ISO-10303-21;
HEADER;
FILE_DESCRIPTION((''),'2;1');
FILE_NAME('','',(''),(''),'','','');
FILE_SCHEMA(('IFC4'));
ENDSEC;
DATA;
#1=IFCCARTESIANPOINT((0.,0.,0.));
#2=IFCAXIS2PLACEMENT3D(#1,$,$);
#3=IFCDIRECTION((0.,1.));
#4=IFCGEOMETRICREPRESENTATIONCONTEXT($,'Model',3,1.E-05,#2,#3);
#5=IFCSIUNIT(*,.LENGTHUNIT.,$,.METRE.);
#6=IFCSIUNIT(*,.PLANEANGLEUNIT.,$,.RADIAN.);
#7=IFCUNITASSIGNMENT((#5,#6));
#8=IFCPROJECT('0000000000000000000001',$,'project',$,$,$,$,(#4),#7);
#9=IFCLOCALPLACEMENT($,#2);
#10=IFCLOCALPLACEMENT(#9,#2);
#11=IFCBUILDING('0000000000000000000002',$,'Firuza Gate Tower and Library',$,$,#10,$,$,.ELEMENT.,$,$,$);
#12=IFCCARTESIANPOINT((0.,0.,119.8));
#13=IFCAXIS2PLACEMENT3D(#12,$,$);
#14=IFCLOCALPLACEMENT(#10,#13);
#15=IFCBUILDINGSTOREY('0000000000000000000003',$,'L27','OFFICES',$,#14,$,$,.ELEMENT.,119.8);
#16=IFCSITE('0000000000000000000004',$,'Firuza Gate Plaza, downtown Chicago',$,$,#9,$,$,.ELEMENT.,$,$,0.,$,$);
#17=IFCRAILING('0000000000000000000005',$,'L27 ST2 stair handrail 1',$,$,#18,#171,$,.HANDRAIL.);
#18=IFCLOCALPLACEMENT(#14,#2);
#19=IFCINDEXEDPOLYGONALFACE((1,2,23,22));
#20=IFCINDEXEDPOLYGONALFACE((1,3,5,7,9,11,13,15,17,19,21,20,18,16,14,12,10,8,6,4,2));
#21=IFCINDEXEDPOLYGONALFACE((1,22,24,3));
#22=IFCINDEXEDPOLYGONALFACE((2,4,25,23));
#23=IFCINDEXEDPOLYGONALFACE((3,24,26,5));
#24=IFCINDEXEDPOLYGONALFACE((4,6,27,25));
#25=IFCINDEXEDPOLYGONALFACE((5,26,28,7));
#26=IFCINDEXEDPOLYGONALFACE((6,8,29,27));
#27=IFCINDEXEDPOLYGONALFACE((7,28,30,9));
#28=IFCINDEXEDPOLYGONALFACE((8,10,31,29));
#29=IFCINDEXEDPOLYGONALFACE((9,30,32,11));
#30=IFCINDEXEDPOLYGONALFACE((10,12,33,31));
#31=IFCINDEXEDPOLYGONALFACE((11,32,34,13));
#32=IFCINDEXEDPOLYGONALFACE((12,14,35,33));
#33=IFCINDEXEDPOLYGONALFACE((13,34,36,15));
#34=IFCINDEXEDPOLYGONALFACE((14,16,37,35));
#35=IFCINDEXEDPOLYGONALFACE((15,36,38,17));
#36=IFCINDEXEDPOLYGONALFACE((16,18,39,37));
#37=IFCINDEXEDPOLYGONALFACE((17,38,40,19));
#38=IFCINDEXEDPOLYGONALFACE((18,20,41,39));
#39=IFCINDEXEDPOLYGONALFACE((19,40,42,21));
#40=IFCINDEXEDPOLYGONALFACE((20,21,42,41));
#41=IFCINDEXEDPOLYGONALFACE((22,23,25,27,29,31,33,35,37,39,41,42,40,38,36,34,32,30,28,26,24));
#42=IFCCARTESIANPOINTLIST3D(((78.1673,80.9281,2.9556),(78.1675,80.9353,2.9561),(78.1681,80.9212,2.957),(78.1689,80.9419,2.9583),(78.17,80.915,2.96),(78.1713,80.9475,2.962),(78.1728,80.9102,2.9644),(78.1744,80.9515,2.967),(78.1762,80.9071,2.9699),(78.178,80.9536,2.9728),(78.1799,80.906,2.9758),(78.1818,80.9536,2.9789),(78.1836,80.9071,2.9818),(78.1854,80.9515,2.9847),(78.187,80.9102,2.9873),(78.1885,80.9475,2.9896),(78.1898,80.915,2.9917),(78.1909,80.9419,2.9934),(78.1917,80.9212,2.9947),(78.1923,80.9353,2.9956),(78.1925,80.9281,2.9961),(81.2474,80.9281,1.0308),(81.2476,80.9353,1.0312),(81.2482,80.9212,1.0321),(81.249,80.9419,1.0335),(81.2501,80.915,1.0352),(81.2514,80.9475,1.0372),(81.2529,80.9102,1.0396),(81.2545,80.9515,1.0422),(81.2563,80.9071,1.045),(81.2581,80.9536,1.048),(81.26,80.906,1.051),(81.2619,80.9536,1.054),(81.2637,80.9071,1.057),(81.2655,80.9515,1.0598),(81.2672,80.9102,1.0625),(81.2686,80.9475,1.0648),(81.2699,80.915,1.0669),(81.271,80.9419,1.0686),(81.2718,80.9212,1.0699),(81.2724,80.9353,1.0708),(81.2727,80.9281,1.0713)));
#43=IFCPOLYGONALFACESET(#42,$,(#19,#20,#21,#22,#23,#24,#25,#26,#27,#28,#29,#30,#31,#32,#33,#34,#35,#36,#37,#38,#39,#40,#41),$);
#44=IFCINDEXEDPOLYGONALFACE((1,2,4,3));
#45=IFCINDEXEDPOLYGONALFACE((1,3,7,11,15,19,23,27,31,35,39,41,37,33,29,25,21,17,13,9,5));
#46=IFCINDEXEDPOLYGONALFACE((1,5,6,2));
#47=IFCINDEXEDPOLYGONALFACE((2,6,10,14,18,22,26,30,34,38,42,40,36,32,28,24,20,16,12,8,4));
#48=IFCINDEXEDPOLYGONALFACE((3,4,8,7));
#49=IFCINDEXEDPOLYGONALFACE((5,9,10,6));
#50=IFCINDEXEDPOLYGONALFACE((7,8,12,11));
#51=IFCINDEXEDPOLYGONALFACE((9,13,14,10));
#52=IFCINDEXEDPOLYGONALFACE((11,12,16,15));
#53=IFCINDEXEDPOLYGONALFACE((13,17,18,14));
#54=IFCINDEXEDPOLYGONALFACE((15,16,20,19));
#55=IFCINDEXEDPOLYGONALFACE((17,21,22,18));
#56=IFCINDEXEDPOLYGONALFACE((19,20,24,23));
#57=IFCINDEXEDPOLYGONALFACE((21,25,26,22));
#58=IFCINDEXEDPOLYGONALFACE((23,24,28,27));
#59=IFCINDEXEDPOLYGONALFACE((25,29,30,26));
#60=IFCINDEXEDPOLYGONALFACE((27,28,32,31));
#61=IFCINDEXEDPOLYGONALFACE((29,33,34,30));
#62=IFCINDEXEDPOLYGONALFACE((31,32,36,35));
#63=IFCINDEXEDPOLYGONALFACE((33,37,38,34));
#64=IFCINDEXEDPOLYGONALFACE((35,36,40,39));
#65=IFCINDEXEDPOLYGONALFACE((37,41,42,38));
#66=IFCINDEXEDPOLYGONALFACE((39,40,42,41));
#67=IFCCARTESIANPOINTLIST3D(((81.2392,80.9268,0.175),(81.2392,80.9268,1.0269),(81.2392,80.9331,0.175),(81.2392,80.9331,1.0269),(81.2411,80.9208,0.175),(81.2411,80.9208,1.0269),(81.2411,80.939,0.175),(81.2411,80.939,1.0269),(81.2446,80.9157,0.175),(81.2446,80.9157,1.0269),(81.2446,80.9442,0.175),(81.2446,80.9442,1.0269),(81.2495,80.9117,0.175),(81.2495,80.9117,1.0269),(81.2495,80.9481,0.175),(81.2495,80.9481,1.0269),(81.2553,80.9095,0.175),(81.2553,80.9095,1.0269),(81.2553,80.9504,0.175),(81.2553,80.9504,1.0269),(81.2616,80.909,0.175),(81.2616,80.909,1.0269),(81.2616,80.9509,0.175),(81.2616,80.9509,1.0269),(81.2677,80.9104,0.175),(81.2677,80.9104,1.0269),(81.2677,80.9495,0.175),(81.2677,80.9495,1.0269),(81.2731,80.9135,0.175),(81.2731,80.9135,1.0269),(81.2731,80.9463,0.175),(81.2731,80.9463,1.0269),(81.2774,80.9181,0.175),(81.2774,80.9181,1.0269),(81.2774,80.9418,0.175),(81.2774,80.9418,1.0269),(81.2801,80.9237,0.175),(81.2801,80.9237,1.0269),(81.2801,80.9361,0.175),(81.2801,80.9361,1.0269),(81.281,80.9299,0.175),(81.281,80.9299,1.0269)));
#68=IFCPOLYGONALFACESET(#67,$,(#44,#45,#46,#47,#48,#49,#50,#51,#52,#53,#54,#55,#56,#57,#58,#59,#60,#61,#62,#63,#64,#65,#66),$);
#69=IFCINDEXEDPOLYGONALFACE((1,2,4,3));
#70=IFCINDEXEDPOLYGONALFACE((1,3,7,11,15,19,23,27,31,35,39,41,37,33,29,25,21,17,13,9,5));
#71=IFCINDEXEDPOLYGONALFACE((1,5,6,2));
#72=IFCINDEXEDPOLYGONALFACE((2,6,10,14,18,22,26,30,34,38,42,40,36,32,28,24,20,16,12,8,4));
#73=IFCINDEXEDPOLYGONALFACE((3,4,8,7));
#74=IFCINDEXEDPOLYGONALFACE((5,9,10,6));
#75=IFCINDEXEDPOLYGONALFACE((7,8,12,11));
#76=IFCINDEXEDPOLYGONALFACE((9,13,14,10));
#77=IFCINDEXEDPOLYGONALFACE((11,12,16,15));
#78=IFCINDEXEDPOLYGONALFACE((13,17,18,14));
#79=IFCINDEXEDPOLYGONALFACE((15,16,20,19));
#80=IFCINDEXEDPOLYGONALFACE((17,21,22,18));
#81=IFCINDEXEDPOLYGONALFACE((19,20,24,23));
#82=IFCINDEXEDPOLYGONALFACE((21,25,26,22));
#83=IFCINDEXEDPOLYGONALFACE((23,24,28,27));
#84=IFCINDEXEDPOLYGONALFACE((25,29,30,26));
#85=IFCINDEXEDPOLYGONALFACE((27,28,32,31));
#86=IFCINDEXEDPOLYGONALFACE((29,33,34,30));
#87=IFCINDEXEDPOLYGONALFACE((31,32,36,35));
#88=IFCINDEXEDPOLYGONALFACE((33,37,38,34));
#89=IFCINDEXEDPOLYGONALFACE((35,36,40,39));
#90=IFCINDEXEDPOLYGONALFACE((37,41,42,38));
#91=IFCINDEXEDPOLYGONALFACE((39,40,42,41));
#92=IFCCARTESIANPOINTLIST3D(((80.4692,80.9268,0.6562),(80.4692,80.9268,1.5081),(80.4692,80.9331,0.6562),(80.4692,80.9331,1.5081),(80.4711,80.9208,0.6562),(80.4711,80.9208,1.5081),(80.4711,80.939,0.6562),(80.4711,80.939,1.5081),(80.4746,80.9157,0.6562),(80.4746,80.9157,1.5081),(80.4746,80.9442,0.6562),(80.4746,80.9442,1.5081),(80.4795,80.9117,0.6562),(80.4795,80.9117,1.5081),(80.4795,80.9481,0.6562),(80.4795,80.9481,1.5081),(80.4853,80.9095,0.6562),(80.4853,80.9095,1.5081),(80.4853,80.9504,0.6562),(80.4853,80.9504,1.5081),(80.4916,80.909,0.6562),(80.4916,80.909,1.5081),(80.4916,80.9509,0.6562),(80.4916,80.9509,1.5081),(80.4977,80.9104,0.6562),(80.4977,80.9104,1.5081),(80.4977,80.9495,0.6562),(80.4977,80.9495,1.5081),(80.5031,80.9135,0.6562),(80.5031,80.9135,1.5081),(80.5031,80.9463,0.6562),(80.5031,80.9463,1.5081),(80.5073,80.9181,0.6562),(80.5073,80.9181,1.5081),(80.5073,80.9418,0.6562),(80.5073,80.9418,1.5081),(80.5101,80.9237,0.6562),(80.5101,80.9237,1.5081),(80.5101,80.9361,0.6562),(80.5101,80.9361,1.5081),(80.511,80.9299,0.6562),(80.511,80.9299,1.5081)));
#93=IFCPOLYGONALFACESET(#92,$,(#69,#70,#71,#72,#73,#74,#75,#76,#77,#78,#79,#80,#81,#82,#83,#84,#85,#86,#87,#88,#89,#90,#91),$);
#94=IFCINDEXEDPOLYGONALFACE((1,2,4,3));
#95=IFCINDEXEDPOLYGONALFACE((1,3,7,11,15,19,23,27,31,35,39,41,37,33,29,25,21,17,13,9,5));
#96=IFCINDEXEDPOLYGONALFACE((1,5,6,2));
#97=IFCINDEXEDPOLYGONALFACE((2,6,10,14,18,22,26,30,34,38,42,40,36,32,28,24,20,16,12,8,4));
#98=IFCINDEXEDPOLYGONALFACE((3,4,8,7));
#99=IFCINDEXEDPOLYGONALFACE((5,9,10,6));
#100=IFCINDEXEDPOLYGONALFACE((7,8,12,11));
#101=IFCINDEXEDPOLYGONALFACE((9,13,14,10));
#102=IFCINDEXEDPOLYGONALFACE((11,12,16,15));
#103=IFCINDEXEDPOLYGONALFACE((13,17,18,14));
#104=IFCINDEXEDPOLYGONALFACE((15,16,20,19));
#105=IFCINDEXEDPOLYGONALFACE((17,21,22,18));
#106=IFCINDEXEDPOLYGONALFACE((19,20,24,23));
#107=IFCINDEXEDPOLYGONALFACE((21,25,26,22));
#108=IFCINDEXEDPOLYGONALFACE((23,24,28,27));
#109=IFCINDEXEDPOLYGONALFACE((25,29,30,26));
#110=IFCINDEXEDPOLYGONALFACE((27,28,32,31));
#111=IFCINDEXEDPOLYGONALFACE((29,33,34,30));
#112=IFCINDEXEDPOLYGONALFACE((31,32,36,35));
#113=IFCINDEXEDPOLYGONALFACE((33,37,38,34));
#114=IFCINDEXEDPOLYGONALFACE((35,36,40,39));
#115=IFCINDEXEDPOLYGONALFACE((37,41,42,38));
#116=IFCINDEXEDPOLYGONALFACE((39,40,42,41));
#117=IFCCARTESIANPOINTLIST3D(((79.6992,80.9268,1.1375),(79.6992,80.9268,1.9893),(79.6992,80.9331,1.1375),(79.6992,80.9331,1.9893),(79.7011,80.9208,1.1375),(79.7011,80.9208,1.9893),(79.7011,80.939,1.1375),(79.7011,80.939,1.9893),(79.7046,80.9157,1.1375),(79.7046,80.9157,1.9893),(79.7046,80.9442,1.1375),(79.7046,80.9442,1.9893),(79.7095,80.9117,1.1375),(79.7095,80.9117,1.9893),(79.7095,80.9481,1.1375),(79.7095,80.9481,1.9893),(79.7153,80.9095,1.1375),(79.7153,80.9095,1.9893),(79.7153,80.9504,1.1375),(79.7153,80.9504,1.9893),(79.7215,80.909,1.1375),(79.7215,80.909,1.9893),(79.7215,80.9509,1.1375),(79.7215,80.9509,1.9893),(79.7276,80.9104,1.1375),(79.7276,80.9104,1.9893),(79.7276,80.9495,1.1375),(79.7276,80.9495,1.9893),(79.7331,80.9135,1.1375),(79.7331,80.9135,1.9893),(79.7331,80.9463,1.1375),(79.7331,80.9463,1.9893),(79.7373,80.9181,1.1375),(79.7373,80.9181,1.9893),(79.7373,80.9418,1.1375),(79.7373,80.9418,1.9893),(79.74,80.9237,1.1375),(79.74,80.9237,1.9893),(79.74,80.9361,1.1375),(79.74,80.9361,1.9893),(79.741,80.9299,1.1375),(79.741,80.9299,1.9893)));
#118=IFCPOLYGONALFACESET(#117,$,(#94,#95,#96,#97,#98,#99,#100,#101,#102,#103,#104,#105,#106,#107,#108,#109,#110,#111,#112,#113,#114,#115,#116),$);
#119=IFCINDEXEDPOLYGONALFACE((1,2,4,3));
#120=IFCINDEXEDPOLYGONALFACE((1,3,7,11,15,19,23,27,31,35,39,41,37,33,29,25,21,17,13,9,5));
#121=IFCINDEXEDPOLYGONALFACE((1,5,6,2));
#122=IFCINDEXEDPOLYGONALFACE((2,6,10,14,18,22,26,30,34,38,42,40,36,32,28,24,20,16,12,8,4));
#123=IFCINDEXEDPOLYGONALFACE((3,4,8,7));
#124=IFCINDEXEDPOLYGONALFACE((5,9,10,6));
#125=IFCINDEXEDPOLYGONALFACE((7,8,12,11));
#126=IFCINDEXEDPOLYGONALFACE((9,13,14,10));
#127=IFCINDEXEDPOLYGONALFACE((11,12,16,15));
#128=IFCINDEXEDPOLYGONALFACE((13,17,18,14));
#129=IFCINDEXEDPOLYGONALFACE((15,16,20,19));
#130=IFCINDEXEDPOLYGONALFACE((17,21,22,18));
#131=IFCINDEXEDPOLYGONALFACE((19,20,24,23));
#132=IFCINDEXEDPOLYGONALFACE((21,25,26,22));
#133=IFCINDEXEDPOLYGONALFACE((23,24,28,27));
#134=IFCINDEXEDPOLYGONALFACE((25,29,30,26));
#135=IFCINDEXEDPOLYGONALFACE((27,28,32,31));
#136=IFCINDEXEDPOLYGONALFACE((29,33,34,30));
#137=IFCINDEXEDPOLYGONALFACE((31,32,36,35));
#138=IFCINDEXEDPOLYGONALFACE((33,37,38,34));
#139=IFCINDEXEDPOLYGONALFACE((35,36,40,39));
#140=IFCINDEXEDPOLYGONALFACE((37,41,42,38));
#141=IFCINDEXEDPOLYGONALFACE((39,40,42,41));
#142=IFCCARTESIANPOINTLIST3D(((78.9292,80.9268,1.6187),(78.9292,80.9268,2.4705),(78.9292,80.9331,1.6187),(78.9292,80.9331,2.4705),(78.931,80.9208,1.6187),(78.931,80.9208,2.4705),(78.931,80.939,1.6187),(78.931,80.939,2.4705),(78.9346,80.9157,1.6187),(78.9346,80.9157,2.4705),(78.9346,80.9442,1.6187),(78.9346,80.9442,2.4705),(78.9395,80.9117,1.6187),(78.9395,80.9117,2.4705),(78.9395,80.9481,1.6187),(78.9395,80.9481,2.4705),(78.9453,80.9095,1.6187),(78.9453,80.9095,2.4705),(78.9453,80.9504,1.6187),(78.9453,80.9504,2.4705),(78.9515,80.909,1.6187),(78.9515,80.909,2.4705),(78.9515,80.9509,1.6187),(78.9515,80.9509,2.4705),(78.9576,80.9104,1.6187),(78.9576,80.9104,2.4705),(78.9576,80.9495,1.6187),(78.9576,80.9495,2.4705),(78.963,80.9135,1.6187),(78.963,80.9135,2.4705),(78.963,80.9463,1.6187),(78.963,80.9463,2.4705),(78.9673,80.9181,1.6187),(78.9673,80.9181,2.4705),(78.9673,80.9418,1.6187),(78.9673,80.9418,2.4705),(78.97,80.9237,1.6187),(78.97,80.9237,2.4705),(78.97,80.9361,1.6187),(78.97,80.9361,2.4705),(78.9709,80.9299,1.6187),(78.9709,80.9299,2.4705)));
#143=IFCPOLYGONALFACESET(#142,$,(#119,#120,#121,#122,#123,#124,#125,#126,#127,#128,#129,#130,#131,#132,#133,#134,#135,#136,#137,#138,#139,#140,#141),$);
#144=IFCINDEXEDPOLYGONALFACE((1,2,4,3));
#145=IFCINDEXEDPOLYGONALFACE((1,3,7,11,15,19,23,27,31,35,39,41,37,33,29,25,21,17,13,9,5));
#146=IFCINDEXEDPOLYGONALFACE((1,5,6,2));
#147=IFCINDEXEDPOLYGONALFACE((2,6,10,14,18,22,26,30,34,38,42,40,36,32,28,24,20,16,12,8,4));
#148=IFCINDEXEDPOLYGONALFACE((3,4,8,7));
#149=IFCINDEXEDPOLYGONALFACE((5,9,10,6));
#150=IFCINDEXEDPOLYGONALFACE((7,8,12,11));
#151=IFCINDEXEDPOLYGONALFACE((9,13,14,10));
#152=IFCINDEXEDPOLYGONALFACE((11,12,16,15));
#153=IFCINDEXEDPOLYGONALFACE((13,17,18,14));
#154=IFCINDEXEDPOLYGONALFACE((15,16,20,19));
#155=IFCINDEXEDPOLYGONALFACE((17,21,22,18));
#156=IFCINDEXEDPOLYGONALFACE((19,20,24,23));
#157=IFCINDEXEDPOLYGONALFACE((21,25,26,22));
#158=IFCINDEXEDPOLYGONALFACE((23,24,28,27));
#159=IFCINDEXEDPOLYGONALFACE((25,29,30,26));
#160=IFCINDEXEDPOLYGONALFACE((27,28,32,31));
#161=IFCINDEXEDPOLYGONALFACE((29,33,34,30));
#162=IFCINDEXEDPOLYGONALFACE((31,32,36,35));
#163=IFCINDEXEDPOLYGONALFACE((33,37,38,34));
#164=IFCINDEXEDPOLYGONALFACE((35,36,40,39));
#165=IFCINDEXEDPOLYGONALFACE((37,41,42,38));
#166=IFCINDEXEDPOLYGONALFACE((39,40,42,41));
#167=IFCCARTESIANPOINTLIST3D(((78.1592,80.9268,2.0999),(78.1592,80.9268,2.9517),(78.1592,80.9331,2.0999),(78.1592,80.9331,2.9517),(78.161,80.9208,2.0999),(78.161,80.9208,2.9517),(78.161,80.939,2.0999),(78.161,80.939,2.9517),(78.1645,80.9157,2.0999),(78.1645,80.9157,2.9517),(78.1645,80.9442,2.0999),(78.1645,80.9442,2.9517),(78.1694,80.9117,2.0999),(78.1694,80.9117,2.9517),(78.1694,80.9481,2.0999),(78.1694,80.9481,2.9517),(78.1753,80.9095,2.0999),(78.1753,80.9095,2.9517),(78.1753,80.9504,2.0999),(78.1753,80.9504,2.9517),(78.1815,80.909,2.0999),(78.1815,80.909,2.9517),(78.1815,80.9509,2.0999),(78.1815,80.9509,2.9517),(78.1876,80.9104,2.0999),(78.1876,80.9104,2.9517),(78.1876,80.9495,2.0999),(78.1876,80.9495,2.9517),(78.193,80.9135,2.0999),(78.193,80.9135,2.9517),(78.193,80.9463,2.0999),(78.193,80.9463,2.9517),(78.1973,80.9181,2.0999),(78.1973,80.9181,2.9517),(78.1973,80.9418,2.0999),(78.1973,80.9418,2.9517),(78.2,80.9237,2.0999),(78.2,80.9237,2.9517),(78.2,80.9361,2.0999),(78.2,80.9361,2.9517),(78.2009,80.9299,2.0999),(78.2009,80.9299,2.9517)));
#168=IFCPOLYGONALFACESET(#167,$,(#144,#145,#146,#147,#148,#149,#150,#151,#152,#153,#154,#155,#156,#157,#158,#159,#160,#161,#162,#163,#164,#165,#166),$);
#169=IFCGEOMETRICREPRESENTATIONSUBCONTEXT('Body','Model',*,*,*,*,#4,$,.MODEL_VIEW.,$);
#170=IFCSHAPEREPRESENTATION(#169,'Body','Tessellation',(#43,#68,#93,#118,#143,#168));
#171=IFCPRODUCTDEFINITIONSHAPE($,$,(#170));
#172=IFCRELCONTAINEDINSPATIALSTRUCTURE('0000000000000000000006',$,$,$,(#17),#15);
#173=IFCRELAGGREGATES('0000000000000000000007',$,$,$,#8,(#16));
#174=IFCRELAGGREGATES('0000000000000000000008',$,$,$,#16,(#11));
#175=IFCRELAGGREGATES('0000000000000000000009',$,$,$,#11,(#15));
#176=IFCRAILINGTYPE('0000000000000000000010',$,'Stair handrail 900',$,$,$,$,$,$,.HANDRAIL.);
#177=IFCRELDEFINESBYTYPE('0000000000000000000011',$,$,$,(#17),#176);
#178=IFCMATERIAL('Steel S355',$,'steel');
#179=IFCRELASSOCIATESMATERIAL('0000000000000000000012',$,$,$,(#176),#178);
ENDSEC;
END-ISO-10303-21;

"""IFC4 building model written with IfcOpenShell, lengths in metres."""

from ifc_helpers import new_model, si_unit, direction, frame, origin, origin_2d, place, context, subcontext, project, spatial, circle, extrude, material, type_object, element, save


model = new_model("IFC4")

# Units and contexts
model_context = context("Model", 3, precision=1e-05, world=origin(), true_north=direction((0.0, 1.0)))
body_context = subcontext(model_context, "Body", "Model", "MODEL_VIEW")
ifc_project = project(units=[si_unit("LENGTHUNIT", "METRE"), si_unit("PLANEANGLEUNIT", "RADIAN")], contexts=[model_context])

# Site, building, storey
site_placement = place(None, origin())
site = spatial("IfcSite", under=ifc_project, at=site_placement, Name="Firuza Gate Plaza, downtown Chicago", CompositionType="ELEMENT", RefElevation=0.0)
building_placement = place(site_placement, origin())
building = spatial("IfcBuilding", under=site, at=building_placement, Name="Firuza Gate Tower and Library", CompositionType="ELEMENT")
storey_placement = place(building_placement, frame((0.0, 0.0, 119.8)))
storey = spatial("IfcBuildingStorey", under=building, at=storey_placement, Name="L27", Description="OFFICES", CompositionType="ELEMENT", Elevation=119.8)

# Railing
ifc_material_1 = material(Name="Steel S355", Category="steel")
railing_type_1 = type_object("IfcRailingType", Name="Stair handrail 900", PredefinedType="HANDRAIL", material=ifc_material_1)
railing_1_placement = place(storey_placement, frame((81.26, 80.9299, 0.175)))
element("IfcRailing", 1, at=railing_1_placement, inside=storey, type_object=railing_type_1, Name="L27 ST2 stair handrail 1", PredefinedType="HANDRAIL", context=body_context, shape_type="SweptSolid", body=[
    extrude(circle(Radius=0.0239, at=origin_2d()), frame((0.0, 0.0, 0.876), z_axis=(-0.848029, 0.0, 0.529951), x_axis=(0.0, -1.0, 0.0)), (0.0, 0.0, 1.0), 3.6321),
    extrude(circle(Radius=0.021, at=origin_2d()), origin(), (0.0, 0.0, 1.0), 0.8518),
    extrude(circle(Radius=0.021, at=origin_2d()), frame((-0.77, 0.0, 0.4812)), (0.0, 0.0, 1.0), 0.8518),
    extrude(circle(Radius=0.021, at=origin_2d()), frame((-1.54, 0.0, 0.9624)), (0.0, 0.0, 1.0), 0.8518),
    extrude(circle(Radius=0.021, at=origin_2d()), frame((-2.3101, 0.0, 1.4436)), (0.0, 0.0, 1.0), 0.8518),
    extrude(circle(Radius=0.021, at=origin_2d()), frame((-3.0801, 0.0, 1.9248)), (0.0, 0.0, 1.0), 0.8518),
])

save(model, "model.ifc")
